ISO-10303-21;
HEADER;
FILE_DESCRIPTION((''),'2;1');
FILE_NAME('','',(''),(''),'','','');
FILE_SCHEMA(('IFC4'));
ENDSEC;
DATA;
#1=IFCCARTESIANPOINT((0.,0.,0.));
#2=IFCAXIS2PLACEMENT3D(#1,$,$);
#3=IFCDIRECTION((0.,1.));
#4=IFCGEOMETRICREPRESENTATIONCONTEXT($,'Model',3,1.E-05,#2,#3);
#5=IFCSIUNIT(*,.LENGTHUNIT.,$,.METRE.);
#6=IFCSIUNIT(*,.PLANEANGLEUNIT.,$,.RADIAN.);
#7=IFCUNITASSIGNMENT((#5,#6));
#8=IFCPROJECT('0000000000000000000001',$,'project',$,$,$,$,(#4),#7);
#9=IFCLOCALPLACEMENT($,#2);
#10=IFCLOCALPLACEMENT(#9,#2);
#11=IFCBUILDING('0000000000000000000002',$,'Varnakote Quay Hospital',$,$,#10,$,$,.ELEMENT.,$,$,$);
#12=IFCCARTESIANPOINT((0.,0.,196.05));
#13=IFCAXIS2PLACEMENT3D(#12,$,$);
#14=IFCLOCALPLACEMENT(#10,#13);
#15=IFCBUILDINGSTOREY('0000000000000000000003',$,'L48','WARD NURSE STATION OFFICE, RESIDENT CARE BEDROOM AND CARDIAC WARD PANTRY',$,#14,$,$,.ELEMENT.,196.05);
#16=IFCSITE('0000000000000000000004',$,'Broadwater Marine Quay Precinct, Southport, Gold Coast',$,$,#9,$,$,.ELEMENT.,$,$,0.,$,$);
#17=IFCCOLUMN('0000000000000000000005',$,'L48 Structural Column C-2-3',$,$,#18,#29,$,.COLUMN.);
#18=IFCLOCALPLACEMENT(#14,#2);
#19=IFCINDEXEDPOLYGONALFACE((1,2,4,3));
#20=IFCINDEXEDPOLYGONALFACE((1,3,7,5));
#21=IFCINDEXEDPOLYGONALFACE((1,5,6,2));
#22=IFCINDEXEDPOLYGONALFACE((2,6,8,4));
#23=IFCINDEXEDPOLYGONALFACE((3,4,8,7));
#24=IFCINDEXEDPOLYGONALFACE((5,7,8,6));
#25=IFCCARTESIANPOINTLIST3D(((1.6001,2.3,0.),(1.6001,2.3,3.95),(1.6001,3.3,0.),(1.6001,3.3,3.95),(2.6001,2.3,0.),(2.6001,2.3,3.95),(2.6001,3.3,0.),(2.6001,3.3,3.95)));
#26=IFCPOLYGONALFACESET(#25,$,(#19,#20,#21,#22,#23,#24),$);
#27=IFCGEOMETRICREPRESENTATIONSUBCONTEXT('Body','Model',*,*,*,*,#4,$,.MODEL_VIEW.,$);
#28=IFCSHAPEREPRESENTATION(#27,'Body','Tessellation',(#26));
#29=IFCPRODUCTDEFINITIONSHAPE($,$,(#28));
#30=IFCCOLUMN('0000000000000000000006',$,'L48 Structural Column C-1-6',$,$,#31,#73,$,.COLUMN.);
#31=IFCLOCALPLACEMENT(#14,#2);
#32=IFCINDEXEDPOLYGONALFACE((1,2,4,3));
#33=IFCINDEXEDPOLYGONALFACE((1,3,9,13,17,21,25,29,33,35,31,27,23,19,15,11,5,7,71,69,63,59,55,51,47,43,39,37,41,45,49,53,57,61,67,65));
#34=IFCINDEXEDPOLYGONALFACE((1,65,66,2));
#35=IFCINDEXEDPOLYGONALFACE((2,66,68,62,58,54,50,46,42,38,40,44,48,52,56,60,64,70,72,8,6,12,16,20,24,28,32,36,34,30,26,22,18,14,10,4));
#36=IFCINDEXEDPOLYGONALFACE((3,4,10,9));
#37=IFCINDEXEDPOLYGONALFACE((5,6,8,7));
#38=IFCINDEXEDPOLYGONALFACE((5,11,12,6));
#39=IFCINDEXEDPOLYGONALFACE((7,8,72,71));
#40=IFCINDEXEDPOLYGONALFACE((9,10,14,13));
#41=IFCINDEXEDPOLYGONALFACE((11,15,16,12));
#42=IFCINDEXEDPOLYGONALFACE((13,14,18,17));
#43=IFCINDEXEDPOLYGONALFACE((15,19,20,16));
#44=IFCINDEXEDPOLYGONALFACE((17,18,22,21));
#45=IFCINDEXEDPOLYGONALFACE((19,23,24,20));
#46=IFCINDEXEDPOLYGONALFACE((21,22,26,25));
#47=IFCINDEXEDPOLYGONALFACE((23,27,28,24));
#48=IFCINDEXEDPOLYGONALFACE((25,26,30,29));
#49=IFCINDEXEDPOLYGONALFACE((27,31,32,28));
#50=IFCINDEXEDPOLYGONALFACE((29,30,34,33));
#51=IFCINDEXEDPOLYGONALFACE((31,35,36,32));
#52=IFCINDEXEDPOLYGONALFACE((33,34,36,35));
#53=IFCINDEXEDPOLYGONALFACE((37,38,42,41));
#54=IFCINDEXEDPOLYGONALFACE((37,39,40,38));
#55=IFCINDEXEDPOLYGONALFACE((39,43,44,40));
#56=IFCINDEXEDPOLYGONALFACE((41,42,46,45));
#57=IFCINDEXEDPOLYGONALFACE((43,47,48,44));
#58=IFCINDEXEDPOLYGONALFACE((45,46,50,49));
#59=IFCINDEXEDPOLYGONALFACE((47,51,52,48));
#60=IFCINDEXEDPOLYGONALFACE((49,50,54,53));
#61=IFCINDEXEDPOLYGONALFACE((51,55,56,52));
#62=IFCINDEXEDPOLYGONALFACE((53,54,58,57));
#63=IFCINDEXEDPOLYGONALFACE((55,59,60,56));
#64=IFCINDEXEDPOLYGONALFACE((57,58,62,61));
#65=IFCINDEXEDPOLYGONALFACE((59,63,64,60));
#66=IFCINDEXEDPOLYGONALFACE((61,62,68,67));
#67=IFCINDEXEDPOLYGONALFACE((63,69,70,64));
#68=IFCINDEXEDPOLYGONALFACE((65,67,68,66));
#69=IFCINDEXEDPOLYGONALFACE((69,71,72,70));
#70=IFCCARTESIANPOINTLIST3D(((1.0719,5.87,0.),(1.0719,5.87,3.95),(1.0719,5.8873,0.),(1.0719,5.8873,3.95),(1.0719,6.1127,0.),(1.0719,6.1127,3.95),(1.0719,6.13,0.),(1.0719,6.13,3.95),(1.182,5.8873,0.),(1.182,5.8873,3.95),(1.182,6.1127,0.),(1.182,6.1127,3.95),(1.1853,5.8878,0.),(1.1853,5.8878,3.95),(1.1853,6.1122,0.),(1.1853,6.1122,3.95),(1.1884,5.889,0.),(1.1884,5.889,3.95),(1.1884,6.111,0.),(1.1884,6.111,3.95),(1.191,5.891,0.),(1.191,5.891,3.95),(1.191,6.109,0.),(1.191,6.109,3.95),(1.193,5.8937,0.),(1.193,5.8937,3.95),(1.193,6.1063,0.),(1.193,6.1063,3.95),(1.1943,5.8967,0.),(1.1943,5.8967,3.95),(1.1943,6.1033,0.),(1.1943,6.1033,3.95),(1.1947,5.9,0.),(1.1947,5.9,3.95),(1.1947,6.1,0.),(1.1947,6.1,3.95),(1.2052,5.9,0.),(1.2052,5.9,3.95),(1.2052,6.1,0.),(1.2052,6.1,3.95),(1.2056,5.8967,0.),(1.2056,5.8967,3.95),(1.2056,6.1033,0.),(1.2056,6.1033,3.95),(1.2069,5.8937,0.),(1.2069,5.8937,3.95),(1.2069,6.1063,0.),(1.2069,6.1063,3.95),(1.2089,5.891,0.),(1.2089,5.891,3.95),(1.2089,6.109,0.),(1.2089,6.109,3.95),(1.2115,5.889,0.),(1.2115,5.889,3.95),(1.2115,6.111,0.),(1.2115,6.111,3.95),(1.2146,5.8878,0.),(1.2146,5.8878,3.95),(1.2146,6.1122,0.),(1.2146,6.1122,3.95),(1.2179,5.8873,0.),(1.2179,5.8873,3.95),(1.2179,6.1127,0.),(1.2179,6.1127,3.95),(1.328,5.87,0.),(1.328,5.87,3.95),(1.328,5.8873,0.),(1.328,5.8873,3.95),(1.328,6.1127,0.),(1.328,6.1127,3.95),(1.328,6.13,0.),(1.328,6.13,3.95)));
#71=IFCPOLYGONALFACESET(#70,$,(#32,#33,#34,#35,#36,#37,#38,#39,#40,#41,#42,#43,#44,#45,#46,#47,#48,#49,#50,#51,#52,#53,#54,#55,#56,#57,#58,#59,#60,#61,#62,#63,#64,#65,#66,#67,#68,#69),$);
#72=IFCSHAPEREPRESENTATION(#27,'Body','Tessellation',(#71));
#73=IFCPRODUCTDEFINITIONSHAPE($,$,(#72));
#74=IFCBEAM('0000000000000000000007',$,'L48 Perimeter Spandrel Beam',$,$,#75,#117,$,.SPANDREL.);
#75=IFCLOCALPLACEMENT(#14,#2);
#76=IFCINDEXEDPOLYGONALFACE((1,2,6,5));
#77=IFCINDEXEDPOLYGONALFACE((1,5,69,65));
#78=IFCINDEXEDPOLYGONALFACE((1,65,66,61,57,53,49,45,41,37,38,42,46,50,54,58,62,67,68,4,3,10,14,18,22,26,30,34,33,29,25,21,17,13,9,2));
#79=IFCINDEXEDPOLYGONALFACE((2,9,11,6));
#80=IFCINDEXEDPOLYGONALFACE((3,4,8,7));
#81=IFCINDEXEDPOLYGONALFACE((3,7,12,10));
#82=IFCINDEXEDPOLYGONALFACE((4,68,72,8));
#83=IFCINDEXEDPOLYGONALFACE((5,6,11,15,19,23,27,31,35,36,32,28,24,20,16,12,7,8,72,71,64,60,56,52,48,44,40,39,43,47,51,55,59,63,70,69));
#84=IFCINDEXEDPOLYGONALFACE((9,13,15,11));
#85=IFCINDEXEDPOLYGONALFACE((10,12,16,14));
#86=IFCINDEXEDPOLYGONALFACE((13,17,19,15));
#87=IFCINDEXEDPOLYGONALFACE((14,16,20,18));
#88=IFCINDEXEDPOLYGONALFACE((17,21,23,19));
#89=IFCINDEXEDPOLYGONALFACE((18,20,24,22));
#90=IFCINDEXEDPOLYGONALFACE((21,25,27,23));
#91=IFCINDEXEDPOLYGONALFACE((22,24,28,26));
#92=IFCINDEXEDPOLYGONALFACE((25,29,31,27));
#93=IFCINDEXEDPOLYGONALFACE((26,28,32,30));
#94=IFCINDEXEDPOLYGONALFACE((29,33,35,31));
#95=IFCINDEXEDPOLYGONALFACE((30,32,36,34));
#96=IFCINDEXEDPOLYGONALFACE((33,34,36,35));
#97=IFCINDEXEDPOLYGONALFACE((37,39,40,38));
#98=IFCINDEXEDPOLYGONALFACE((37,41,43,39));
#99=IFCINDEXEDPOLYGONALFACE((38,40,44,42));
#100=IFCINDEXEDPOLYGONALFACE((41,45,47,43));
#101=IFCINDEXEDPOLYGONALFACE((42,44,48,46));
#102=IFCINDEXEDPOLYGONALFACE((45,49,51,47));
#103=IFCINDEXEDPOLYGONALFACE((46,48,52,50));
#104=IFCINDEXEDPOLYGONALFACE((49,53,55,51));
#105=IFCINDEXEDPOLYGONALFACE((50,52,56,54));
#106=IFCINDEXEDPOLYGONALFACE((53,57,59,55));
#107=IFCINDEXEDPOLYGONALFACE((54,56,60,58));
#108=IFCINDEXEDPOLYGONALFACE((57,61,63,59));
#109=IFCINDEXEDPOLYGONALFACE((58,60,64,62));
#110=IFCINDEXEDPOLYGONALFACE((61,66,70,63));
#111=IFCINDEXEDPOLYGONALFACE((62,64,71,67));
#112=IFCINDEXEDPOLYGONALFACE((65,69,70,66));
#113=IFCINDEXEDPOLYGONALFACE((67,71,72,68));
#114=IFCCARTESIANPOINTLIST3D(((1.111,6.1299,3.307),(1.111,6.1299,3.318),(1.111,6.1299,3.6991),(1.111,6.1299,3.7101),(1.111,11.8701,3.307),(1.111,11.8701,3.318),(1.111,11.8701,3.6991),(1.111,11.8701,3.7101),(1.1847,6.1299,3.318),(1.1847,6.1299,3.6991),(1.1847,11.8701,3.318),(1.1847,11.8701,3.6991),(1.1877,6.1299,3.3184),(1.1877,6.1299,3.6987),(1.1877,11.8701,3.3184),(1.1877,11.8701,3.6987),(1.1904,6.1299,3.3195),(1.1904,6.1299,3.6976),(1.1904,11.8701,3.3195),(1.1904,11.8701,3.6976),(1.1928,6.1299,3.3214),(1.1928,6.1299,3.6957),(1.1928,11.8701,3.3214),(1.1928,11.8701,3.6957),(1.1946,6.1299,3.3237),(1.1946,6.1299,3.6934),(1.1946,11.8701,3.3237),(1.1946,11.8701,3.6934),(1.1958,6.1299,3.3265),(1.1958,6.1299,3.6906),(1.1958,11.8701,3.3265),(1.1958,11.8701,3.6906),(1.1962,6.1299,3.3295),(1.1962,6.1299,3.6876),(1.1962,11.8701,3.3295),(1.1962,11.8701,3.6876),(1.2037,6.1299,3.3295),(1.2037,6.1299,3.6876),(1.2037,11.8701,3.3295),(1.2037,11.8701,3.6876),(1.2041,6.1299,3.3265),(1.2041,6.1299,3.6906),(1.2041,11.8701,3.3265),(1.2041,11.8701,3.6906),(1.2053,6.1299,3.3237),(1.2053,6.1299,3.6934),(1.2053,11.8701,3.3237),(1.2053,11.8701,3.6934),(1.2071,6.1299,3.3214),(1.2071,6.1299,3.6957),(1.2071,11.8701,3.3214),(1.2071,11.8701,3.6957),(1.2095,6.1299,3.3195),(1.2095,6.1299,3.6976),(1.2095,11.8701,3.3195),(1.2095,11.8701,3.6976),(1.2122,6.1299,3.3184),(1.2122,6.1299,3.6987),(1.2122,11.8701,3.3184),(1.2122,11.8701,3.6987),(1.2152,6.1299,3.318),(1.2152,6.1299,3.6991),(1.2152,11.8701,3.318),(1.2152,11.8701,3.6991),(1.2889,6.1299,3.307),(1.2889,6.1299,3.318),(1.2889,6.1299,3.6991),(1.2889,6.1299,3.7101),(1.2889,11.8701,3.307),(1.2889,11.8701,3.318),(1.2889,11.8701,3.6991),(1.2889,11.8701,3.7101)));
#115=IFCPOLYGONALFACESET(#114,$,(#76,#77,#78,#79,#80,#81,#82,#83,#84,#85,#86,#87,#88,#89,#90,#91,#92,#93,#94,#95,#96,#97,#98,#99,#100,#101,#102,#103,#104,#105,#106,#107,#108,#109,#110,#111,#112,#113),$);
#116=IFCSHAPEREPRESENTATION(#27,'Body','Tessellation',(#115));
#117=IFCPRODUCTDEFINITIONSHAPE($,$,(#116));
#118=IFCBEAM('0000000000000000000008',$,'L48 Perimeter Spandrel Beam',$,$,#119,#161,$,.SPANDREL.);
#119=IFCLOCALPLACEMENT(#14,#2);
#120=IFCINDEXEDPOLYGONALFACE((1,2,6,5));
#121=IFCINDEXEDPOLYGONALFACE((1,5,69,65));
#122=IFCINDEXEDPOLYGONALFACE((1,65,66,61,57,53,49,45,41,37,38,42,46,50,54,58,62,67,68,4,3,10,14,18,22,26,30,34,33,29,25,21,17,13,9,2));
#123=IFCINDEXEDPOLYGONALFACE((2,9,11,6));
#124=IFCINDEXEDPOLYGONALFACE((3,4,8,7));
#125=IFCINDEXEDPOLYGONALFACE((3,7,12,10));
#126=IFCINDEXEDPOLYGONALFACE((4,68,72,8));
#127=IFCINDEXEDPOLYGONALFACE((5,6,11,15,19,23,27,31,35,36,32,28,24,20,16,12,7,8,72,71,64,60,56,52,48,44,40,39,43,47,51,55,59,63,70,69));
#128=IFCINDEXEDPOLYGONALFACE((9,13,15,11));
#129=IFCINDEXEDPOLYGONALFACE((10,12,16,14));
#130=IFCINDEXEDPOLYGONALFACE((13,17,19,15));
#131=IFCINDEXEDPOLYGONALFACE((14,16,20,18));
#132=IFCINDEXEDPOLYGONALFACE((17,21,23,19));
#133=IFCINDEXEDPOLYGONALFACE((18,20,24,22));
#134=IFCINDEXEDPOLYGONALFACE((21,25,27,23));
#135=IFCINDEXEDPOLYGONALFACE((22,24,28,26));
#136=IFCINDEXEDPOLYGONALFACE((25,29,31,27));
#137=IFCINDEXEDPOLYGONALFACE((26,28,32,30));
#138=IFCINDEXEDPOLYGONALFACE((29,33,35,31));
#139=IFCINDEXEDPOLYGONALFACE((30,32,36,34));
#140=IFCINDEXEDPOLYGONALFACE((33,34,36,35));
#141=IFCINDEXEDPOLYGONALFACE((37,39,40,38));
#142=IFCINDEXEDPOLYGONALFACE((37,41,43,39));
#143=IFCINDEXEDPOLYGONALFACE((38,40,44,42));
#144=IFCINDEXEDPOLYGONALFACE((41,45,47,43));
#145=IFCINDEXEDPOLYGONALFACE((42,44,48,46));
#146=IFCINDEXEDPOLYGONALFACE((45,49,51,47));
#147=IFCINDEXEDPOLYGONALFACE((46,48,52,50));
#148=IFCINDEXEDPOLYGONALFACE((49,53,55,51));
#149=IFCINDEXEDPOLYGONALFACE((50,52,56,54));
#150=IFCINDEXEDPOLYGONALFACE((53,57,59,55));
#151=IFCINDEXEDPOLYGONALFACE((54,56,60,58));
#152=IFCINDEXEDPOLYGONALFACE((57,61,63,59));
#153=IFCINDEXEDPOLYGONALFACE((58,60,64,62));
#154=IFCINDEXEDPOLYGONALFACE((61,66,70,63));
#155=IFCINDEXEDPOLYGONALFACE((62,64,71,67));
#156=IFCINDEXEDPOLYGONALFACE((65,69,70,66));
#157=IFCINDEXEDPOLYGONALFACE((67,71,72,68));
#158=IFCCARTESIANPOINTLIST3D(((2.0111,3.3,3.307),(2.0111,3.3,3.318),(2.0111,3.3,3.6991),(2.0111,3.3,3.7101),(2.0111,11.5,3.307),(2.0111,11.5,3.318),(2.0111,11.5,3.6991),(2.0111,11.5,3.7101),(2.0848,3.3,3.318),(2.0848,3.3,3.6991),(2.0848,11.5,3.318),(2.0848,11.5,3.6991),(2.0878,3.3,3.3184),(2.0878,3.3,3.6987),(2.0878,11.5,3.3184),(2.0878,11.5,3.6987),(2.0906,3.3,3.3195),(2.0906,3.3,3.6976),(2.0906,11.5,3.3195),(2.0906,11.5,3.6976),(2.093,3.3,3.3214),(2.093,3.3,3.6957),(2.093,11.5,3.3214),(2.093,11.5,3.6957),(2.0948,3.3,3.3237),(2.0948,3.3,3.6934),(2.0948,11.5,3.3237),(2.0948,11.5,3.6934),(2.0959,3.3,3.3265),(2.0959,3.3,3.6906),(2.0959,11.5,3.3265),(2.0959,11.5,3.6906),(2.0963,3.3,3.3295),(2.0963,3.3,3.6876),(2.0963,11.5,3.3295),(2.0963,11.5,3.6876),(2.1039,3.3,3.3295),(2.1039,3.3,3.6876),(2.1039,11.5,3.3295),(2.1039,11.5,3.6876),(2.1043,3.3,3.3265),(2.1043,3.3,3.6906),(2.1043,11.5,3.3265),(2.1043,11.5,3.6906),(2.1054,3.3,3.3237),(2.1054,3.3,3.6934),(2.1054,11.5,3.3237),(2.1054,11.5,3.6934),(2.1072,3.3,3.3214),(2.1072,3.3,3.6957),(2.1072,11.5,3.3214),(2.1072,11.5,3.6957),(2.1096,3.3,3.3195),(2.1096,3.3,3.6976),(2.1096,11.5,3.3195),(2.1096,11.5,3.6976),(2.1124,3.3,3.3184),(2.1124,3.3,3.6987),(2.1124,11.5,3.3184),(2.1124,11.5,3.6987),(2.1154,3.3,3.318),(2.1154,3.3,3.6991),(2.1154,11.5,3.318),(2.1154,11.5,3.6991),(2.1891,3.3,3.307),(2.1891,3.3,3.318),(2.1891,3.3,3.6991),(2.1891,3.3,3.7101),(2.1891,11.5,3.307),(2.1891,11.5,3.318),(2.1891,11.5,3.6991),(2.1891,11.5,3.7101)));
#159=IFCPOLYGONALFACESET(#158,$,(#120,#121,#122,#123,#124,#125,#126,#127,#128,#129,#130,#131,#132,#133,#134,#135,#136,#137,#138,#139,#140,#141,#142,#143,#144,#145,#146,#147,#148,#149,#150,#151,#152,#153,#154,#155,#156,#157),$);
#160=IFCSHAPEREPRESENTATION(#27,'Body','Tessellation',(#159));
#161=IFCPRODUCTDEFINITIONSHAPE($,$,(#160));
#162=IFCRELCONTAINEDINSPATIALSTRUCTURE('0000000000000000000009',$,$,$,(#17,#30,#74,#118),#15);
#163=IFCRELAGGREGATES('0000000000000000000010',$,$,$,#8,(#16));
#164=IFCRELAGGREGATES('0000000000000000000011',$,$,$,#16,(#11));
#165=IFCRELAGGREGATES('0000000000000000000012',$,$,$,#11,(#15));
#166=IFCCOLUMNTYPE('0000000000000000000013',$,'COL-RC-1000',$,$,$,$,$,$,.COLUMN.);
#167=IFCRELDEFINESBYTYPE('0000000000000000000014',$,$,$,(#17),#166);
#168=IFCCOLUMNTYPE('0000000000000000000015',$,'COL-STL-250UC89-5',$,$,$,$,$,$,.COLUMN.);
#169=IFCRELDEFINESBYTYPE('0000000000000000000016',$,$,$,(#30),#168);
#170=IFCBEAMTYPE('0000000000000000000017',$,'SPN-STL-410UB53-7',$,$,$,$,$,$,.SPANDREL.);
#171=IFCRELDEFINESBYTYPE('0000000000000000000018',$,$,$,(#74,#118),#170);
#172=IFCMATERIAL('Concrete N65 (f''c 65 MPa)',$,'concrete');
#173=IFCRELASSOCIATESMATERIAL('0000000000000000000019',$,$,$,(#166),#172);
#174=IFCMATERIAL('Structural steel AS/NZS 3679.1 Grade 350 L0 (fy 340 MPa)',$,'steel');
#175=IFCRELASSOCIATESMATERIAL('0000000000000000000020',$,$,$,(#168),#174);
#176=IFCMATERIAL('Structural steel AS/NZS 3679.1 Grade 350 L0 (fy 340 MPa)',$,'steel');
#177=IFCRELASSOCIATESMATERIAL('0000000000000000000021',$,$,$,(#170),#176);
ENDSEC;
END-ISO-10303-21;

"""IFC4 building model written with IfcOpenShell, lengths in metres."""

from ifc_helpers import new_model, si_unit, direction, frame, origin, origin_2d, place, context, subcontext, project, spatial, rectangle, i_section, extrude, material, material_profile, profile_set, type_object, element, save


model = new_model("IFC4")

# Units and contexts
model_context = context("Model", 3, precision=1e-05, world=origin(), true_north=direction((0.0, 1.0)))
body_context = subcontext(model_context, "Body", "Model", "MODEL_VIEW")
ifc_project = project(units=[si_unit("LENGTHUNIT", "METRE"), si_unit("PLANEANGLEUNIT", "RADIAN")], contexts=[model_context])

# Site, building, storey
site_placement = place(None, origin())
site = spatial("IfcSite", under=ifc_project, at=site_placement, Name="Broadwater Marine Quay Precinct, Southport, Gold Coast", CompositionType="ELEMENT", RefElevation=0.0)
building_placement = place(site_placement, origin())
building = spatial("IfcBuilding", under=site, at=building_placement, Name="Varnakote Quay Hospital", CompositionType="ELEMENT")
storey_placement = place(building_placement, frame((0.0, 0.0, 196.05)))
storey = spatial("IfcBuildingStorey", under=building, at=storey_placement, Name="L48", Description="WARD NURSE STATION OFFICE, RESIDENT CARE BEDROOM AND CARDIAC WARD PANTRY", CompositionType="ELEMENT", Elevation=196.05)

# Columns
ifc_material_1 = material(Name="Concrete N65 (f'c 65 MPa)", Category="concrete")
ifc_material_profile_1 = material_profile(ifc_material_1, rectangle(XDim=1.0, YDim=1.0, at=origin_2d()), Name="RC-COL-1000x1000")
ifc_profile_set_1 = profile_set([ifc_material_profile_1], Name="Concrete N65 (f'c 65 MPa)")
column_type_1 = type_object("IfcColumnType", Name="COL-RC-1000", PredefinedType="COLUMN", material=ifc_profile_set_1)
column_1_placement = place(storey_placement, frame((2.1001, 2.8, 0.0), z_axis=(0.0, 0.0, 1.0), x_axis=(1.0, 0.0, 0.0)))
element("IfcColumn", 1, at=column_1_placement, inside=storey, type_object=column_type_1, Name="L48 Structural Column C-2-3", PredefinedType="COLUMN", context=body_context, shape_type="SweptSolid", body=[
    extrude(rectangle(XDim=1.0, YDim=1.0, at=origin_2d()), origin(), (0.0, 0.0, 1.0), 3.95),
])
ifc_material_2 = material(Name="Structural steel AS/NZS 3679.1 Grade 350 L0 (fy 340 MPa)", Category="steel")
ifc_material_profile_2 = material_profile(ifc_material_2, i_section(OverallWidth=0.2561, OverallDepth=0.26, WebThickness=0.0105, FlangeThickness=0.0173, FilletRadius=0.0127, at=origin_2d()), Name="250UC89.5")
ifc_profile_set_2 = profile_set([ifc_material_profile_2], Name="Structural steel AS/NZS 3679.1 Grade 350 L0 (fy 340 MPa)")
column_type_2 = type_object("IfcColumnType", Name="COL-STL-250UC89-5", PredefinedType="COLUMN", material=ifc_profile_set_2)
column_2_placement = place(storey_placement, frame((1.2, 6.0, 0.0), z_axis=(0.0, 0.0, 1.0), x_axis=(1.0, 0.0, 0.0)))
element("IfcColumn", 2, at=column_2_placement, inside=storey, type_object=column_type_2, Name="L48 Structural Column C-1-6", PredefinedType="COLUMN", context=body_context, shape_type="SweptSolid", body=[
    extrude(i_section(OverallWidth=0.2561, OverallDepth=0.26, WebThickness=0.0105, FlangeThickness=0.0173, FilletRadius=0.0127, at=origin_2d()), origin(), (0.0, 0.0, 1.0), 3.95),
])

# Beams
ifc_material_3 = material(Name="Structural steel AS/NZS 3679.1 Grade 350 L0 (fy 340 MPa)", Category="steel")
ifc_material_profile_3 = material_profile(ifc_material_3, i_section(OverallWidth=0.178, OverallDepth=0.4031, WebThickness=0.0076, FlangeThickness=0.011, FilletRadius=0.0115, at=origin_2d()), Name="410UB53.7")
ifc_profile_set_3 = profile_set([ifc_material_profile_3], Name="Structural steel AS/NZS 3679.1 Grade 350 L0 (fy 340 MPa)")
beam_type_1 = type_object("IfcBeamType", Name="SPN-STL-410UB53-7", PredefinedType="SPANDREL", material=ifc_profile_set_3)
beam_1_placement = place(storey_placement, frame((1.2, 6.1299, 3.5085), z_axis=(0.0, 1.0, 0.0), x_axis=(-1.0, 0.0, 0.0)))
element("IfcBeam", 3, at=beam_1_placement, inside=storey, type_object=beam_type_1, Name="L48 Perimeter Spandrel Beam", PredefinedType="SPANDREL", context=body_context, shape_type="SweptSolid", body=[
    extrude(i_section(OverallWidth=0.178, OverallDepth=0.4031, WebThickness=0.0076, FlangeThickness=0.011, FilletRadius=0.0115, at=origin_2d()), origin(), (0.0, 0.0, 1.0), 5.7402),
])
beam_2_placement = place(storey_placement, frame((2.1001, 3.3, 3.5085), z_axis=(0.0, 1.0, 0.0), x_axis=(-1.0, 0.0, 0.0)))
element("IfcBeam", 4, at=beam_2_placement, inside=storey, type_object=beam_type_1, Name="L48 Perimeter Spandrel Beam", PredefinedType="SPANDREL", context=body_context, shape_type="SweptSolid", body=[
    extrude(i_section(OverallWidth=0.178, OverallDepth=0.4031, WebThickness=0.0076, FlangeThickness=0.011, FilletRadius=0.0115, at=origin_2d()), origin(), (0.0, 0.0, 1.0), 8.2),
])

save(model, "model.ifc")
